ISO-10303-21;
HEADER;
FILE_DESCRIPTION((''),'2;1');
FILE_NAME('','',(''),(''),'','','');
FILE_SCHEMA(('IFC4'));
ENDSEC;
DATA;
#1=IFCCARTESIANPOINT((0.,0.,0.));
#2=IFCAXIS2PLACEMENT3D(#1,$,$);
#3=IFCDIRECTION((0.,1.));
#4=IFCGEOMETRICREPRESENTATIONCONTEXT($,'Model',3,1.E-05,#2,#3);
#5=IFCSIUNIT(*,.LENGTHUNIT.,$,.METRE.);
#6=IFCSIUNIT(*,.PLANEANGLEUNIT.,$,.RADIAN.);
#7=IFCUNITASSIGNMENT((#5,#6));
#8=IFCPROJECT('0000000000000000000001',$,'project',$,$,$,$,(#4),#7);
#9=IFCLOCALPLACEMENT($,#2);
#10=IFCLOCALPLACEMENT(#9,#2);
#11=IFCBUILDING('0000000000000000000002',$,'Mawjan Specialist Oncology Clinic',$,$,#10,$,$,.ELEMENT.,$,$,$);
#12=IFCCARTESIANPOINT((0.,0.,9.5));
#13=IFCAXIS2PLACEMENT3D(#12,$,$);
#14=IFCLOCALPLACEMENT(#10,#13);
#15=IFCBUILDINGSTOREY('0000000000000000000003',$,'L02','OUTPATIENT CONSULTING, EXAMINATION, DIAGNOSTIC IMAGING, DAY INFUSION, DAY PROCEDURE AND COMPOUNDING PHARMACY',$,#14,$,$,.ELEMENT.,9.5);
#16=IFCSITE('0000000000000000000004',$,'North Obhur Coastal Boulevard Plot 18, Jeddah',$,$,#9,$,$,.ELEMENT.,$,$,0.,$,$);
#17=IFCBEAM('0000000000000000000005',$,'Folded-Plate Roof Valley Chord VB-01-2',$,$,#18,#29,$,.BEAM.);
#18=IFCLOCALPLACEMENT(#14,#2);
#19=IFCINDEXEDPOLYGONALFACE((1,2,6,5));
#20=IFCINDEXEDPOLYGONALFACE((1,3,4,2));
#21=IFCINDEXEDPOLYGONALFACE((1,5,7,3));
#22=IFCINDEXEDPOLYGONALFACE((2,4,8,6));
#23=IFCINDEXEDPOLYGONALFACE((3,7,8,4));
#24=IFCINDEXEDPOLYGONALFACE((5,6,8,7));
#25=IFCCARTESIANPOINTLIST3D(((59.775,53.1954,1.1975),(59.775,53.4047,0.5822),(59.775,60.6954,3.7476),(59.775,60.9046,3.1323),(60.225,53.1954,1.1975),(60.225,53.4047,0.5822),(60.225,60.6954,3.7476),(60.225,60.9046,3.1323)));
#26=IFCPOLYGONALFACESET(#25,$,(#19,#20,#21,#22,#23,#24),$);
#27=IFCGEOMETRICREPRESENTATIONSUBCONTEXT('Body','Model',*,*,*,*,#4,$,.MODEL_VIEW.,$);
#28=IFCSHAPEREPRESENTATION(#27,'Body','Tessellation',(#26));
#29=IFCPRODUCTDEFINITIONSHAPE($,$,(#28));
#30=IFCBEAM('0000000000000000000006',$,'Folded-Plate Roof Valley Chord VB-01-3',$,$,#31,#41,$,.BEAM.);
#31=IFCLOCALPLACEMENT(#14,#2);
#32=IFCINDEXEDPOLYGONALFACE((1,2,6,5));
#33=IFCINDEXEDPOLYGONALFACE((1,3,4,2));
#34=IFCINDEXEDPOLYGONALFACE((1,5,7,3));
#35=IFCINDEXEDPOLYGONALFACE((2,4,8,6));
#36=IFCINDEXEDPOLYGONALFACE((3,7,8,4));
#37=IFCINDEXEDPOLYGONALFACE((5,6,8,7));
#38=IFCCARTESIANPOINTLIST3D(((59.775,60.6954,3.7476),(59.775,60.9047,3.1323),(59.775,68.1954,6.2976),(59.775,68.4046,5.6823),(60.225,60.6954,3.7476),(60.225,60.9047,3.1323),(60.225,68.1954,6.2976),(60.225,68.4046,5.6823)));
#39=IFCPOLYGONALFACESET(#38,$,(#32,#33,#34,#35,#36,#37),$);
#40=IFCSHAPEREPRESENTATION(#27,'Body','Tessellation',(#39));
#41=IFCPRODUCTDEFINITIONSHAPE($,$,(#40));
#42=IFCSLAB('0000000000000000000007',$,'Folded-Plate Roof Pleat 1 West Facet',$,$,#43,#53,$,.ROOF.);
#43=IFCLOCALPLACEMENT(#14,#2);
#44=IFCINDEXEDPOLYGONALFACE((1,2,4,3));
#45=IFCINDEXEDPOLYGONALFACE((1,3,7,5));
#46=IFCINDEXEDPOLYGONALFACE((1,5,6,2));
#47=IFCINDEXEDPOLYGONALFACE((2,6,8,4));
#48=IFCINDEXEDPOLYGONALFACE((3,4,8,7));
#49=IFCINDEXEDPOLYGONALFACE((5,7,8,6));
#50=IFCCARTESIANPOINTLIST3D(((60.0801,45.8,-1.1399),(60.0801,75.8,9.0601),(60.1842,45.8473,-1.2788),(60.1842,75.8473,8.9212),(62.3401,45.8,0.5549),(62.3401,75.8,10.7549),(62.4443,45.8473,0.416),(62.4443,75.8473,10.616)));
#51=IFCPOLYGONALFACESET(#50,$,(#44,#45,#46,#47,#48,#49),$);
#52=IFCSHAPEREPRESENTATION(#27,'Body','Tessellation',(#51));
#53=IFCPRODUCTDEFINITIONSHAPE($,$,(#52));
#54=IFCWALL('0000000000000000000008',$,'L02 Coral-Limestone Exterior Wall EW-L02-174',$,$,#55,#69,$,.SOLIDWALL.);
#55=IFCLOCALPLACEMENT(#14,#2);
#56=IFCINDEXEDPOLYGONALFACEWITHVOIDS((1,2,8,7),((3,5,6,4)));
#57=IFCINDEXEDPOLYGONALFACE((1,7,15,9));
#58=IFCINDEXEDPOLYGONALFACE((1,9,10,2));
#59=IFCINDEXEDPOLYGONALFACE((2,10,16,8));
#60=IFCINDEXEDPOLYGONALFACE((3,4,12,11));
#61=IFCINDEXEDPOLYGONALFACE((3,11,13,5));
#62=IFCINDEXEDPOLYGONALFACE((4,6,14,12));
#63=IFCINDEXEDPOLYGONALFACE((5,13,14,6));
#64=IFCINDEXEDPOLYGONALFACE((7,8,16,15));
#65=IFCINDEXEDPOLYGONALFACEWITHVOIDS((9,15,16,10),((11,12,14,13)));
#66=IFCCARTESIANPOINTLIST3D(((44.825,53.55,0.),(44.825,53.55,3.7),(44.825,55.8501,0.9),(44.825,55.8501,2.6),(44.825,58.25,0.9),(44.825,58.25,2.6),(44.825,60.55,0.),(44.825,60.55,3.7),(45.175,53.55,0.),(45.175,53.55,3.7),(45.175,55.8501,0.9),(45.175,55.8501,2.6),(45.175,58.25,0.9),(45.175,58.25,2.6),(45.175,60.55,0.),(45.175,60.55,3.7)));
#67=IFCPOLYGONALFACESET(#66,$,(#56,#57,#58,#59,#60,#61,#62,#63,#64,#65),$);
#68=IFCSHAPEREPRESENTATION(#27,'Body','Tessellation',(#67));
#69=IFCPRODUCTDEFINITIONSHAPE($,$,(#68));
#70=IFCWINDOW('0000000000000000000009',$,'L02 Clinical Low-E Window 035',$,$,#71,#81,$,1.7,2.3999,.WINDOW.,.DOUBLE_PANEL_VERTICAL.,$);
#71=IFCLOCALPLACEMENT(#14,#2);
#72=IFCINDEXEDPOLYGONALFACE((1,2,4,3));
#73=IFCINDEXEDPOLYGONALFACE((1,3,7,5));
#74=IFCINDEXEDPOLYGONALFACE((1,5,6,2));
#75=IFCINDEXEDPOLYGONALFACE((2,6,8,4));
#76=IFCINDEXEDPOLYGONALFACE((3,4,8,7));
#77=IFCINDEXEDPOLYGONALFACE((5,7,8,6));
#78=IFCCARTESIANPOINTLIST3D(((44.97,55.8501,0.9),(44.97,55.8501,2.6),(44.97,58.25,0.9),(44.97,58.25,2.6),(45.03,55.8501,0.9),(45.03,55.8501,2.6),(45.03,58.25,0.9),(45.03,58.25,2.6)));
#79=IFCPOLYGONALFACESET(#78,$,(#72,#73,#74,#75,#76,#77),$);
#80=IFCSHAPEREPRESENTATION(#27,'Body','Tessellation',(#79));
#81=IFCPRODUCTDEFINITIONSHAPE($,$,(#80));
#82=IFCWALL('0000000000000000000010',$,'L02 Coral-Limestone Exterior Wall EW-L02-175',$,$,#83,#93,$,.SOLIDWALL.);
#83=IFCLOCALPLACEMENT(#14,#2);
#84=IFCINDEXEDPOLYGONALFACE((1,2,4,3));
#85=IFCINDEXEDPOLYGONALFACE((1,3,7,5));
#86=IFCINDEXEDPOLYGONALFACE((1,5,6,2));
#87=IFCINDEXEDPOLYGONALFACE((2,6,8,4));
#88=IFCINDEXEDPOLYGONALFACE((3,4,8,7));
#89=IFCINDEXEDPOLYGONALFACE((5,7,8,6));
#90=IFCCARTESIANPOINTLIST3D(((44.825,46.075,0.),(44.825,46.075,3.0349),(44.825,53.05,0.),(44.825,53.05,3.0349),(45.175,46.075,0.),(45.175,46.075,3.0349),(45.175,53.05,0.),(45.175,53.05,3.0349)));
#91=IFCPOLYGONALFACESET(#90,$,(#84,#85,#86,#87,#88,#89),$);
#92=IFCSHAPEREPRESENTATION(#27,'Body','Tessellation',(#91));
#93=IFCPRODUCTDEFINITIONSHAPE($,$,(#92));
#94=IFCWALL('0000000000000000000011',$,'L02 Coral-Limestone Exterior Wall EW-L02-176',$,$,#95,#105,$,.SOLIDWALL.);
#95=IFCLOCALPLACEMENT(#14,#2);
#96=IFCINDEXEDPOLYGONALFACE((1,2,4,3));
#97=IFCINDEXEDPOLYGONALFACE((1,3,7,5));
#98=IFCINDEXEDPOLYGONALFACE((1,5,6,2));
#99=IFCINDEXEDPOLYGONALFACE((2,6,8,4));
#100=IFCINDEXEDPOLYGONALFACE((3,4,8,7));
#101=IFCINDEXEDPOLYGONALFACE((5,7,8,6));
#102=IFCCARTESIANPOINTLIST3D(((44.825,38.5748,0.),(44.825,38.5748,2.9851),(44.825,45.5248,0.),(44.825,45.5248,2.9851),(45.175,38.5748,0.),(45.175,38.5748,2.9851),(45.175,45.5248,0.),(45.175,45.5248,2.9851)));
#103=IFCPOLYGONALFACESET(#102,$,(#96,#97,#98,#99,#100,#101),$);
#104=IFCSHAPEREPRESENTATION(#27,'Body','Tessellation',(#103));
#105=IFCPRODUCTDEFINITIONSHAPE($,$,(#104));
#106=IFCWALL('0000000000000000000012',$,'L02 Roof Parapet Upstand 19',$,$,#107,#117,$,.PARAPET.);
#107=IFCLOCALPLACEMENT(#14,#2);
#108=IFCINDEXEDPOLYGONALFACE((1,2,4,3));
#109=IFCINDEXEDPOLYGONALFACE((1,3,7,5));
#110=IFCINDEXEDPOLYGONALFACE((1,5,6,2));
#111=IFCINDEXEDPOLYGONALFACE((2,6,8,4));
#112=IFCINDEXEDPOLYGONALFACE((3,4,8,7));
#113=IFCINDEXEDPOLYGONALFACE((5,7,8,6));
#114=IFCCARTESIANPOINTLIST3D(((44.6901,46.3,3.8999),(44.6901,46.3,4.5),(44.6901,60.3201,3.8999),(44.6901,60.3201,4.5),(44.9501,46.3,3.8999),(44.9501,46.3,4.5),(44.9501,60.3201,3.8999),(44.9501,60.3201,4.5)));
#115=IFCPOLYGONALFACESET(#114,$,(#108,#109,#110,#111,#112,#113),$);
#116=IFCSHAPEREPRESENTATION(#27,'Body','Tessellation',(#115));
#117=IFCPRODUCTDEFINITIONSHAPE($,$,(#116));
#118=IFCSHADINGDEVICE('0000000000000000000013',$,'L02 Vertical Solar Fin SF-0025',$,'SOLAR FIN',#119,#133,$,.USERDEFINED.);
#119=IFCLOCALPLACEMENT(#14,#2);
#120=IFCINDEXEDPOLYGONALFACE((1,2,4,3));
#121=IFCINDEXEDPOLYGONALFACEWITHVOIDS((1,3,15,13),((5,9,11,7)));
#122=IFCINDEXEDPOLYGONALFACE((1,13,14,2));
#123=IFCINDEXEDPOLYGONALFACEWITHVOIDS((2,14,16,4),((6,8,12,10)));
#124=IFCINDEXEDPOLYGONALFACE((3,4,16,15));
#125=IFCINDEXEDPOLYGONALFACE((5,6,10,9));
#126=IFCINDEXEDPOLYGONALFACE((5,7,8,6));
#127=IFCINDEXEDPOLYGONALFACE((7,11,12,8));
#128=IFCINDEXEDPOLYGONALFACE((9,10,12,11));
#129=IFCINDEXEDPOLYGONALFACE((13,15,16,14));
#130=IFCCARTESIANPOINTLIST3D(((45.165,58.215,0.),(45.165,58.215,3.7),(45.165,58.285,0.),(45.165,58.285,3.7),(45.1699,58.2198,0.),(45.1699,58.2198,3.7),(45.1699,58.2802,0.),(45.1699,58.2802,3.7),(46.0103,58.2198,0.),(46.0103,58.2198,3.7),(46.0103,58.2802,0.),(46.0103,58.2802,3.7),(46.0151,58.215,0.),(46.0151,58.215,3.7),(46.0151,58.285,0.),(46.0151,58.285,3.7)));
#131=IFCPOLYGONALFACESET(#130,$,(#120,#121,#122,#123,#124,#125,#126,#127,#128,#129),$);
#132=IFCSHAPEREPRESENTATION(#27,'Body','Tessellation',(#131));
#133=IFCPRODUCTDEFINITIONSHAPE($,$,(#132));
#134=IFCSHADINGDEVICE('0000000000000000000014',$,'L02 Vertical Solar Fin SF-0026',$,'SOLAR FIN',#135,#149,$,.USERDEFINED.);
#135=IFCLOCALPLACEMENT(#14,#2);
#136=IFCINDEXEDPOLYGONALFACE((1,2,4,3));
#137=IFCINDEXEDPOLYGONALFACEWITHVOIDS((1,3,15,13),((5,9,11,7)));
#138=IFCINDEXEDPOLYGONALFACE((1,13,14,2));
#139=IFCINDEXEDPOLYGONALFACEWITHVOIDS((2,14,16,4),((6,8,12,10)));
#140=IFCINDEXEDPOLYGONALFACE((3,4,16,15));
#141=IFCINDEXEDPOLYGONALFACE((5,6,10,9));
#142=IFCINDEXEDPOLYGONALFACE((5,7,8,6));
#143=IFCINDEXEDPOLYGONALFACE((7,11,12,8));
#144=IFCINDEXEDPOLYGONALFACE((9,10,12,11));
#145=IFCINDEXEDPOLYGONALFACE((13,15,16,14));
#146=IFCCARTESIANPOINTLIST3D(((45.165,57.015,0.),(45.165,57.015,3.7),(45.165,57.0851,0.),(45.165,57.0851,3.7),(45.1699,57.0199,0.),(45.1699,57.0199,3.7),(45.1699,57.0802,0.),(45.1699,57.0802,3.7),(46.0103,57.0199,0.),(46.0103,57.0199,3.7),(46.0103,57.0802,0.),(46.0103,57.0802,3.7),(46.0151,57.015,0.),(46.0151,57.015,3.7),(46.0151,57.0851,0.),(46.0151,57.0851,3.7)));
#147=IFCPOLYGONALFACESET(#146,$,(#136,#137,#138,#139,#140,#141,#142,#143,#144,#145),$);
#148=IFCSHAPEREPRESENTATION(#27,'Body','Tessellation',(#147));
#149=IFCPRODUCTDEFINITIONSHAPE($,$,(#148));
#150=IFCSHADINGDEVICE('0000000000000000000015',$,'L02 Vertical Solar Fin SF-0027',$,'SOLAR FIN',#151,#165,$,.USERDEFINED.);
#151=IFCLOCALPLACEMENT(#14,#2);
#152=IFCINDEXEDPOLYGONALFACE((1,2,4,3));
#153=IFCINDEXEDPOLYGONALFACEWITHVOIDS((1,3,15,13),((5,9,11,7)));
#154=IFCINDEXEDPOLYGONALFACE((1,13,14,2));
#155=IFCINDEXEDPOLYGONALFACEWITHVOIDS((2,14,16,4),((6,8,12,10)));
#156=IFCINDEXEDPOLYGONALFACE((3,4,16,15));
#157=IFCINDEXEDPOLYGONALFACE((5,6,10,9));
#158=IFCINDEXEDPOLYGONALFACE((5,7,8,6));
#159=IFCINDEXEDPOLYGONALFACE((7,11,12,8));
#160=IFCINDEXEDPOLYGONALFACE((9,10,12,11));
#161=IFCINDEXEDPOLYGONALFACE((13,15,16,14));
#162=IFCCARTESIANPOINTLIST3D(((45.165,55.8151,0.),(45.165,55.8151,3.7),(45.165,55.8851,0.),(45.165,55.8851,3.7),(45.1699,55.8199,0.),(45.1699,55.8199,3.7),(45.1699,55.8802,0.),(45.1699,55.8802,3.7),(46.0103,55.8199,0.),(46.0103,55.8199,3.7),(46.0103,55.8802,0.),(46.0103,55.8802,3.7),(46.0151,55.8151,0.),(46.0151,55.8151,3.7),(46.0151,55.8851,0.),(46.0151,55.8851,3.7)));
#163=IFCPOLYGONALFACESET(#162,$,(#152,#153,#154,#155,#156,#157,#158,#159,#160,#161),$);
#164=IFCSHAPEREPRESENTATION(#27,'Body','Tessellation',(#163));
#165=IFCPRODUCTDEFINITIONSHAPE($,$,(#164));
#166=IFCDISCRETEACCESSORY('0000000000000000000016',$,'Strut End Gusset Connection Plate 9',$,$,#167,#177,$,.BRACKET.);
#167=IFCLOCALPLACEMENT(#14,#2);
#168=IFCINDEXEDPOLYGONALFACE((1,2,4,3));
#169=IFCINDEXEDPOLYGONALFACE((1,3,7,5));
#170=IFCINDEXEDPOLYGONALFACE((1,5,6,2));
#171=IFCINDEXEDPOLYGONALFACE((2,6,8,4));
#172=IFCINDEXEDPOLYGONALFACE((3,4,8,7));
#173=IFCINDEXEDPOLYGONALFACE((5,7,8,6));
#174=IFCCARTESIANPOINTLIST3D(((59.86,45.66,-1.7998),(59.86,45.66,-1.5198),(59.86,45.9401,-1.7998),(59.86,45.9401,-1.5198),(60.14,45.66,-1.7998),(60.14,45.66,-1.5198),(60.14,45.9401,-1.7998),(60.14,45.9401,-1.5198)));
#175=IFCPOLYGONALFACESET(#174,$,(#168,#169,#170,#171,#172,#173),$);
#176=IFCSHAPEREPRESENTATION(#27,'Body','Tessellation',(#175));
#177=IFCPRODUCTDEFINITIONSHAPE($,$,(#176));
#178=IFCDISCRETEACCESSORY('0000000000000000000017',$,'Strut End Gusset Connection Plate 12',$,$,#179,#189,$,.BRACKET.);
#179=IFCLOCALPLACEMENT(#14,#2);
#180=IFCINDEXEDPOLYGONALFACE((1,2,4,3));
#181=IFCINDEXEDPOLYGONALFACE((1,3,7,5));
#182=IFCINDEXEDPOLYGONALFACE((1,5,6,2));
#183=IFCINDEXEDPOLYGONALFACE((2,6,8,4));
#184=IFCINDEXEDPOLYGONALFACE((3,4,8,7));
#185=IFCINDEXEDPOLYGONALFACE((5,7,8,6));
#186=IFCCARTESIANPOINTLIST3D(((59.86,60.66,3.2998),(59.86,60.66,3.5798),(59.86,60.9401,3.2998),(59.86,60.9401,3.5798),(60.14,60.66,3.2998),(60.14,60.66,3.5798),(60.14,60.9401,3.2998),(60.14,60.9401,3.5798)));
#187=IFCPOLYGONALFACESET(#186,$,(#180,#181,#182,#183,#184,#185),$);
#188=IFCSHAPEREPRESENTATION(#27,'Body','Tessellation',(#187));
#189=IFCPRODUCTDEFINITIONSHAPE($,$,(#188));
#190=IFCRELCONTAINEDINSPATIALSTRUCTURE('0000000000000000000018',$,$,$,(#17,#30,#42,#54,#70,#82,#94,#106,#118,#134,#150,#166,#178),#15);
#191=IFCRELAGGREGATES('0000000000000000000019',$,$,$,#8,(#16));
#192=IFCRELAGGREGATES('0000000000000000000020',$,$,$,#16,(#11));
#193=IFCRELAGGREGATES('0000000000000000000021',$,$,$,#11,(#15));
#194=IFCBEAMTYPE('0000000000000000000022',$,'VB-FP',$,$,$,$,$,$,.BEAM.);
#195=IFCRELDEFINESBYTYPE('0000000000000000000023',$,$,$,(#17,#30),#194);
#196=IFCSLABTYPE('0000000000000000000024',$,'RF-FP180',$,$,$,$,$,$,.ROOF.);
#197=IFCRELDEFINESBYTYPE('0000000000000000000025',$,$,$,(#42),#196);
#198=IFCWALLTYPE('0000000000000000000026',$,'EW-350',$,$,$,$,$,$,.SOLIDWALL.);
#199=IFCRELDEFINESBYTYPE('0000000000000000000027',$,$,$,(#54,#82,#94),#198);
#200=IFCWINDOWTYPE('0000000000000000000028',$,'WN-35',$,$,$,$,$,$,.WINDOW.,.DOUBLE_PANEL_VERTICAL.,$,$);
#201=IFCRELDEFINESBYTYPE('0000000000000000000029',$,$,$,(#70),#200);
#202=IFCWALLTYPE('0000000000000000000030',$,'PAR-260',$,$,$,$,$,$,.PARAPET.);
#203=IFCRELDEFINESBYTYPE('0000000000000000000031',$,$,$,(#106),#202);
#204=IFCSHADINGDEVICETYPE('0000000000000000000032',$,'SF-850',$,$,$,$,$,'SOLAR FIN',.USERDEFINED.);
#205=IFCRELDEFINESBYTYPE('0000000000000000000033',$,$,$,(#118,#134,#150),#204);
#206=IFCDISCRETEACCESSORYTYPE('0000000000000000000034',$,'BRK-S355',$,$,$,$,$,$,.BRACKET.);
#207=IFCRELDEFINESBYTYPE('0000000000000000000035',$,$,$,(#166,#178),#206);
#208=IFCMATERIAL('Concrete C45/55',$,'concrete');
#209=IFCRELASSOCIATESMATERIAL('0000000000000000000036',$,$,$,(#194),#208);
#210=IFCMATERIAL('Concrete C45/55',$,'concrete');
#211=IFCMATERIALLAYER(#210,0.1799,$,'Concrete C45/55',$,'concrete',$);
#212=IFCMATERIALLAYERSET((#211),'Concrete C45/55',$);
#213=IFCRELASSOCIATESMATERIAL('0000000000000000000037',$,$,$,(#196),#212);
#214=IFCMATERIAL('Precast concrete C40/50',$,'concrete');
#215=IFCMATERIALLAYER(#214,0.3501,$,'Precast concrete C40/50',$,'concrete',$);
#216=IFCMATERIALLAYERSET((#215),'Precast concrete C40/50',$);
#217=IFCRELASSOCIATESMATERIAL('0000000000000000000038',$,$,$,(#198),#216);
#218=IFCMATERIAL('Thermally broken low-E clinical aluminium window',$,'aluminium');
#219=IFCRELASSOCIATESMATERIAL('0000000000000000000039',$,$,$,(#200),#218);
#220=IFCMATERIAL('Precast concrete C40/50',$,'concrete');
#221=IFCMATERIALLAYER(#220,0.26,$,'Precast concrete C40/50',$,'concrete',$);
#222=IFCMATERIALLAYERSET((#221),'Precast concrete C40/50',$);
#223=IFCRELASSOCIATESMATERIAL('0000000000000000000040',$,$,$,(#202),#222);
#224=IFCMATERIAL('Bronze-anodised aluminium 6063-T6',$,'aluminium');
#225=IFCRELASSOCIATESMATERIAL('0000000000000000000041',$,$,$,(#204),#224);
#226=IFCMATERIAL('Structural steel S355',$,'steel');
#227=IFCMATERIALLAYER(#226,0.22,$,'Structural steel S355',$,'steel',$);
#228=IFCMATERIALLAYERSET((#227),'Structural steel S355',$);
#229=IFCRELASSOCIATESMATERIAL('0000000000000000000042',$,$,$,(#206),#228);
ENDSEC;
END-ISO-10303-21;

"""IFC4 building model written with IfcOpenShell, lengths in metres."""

from ifc_helpers import new_model, si_unit, direction, frame, frame_2d, origin, origin_2d, place, context, subcontext, project, spatial, polyline, rectangle, hollow_rectangle, outline, extrude, material, layer, layer_set, material_profile, profile_set, type_object, element, fill, save


model = new_model("IFC4")

# Units and contexts
model_context = context("Model", 3, precision=1e-05, world=origin(), true_north=direction((0.0, 1.0)))
body_context = subcontext(model_context, "Body", "Model", "MODEL_VIEW")
ifc_project = project(units=[si_unit("LENGTHUNIT", "METRE"), si_unit("PLANEANGLEUNIT", "RADIAN")], contexts=[model_context])

# Site, building, storey
site_placement = place(None, origin())
site = spatial("IfcSite", under=ifc_project, at=site_placement, Name="North Obhur Coastal Boulevard Plot 18, Jeddah", CompositionType="ELEMENT", RefElevation=0.0)
building_placement = place(site_placement, origin())
building = spatial("IfcBuilding", under=site, at=building_placement, Name="Mawjan Specialist Oncology Clinic", CompositionType="ELEMENT")
storey_placement = place(building_placement, frame((0.0, 0.0, 9.5)))
storey = spatial("IfcBuildingStorey", under=building, at=storey_placement, Name="L02", Description="OUTPATIENT CONSULTING, EXAMINATION, DIAGNOSTIC IMAGING, DAY INFUSION, DAY PROCEDURE AND COMPOUNDING PHARMACY", CompositionType="ELEMENT", Elevation=9.5)

# Beams
ifc_material_1 = material(Name="Concrete C45/55", Category="concrete")
ifc_material_profile_1 = material_profile(ifc_material_1, rectangle(XDim=0.45, YDim=0.6499, at=origin_2d()), Name="RC VALLEY 450x650", Category="concrete")
ifc_profile_set_1 = profile_set([ifc_material_profile_1], Name="Concrete C45/55")
beam_type_1 = type_object("IfcBeamType", Name="VB-FP", PredefinedType="BEAM", material=ifc_profile_set_1)
for number, where, z_axis, x_axis, name in (
    (1, (60.0, 53.3, 0.8899), (0.0, 0.946771, 0.321908), (-1.0, 0.0, 0.0), "Folded-Plate Roof Valley Chord VB-01-2"),
    (2, (60.0, 60.8, 3.4399), (0.0, 0.946771, 0.321908), (-1.0, 0.0, 0.0), "Folded-Plate Roof Valley Chord VB-01-3"),
):
    element("IfcBeam", number, at=place(storey_placement, frame(where, z_axis=z_axis, x_axis=x_axis)), inside=storey, type_object=beam_type_1, Name=name, PredefinedType="BEAM", context=body_context, shape_type="SweptSolid", body=[
        extrude(rectangle(XDim=0.45, YDim=0.6499, at=origin_2d()), origin(), (0.0, 0.0, 1.0), 7.9216),
    ])

# Slab
ifc_material_2 = material(Name="Concrete C45/55", Category="concrete")
ifc_layer_1 = layer(ifc_material_2, 0.1799, Name="Concrete C45/55", Category="concrete")
ifc_layer_set_1 = layer_set([ifc_layer_1], Name="Concrete C45/55")
slab_type = type_object("IfcSlabType", Name="RF-FP180", PredefinedType="ROOF", material=ifc_layer_set_1)
slab_placement = place(storey_placement, frame((60.0801, 45.8, -1.1399), z_axis=(-0.578924, -0.262472, 0.771982), x_axis=(0.800031, 0.0, 0.599959)))
element("IfcSlab", 3, at=slab_placement, inside=storey, type_object=slab_type, Name="Folded-Plate Roof Pleat 1 West Facet", PredefinedType="ROOF", context=body_context, shape_type="SweptSolid", body=[
    extrude(outline(polyline([(0.0, 0.0), (2.8249, 0.0), (8.9444, 31.09), (6.1195, 31.09), (0.0, 0.0)])), origin(), (0.0, 0.0, -1.0), 0.1799),
])

# Wall, opening, window
ifc_material_3 = material(Name="Precast concrete C40/50", Category="concrete")
ifc_layer_2 = layer(ifc_material_3, 0.3501, Name="Precast concrete C40/50", Category="concrete")
ifc_layer_set_2 = layer_set([ifc_layer_2], Name="Precast concrete C40/50")
wall_type_1 = type_object("IfcWallType", Name="EW-350", PredefinedType="SOLIDWALL", material=ifc_layer_set_2)
wall_1_placement = place(storey_placement, frame((45.0, 60.55, 0.0), z_axis=(0.0, 0.0, 1.0), x_axis=(0.0, -1.0, 0.0)))
wall_1 = element("IfcWall", 4, at=wall_1_placement, inside=storey, type_object=wall_type_1, Name="L02 Coral-Limestone Exterior Wall EW-L02-174", PredefinedType="SOLIDWALL", context=body_context, shape_type="SweptSolid", body=[
    extrude(rectangle(XDim=7.0, YDim=0.3501, at=frame_2d((3.5, 0.0))), origin(), (0.0, 0.0, 1.0), 3.7),
])
opening_placement = place(wall_1_placement, frame((2.3, 0.0, 0.8999)))
opening = element("IfcOpeningElement", 5, at=opening_placement, cuts=wall_1, PredefinedType="OPENING", context=body_context, shape_type="SweptSolid", body=[
    extrude(rectangle(XDim=2.3999, YDim=1.7, at=frame_2d((1.2, 0.8501))), frame((0.0, 0.187, 0.0), z_axis=(0.0, -1.0, 0.0), x_axis=(1.0, 0.0, 0.0)), (0.0, 0.0, 1.0), 0.374),
])
ifc_material_4 = material(Name="Thermally broken low-E clinical aluminium window", Category="aluminium")
window_type = type_object("IfcWindowType", Name="WN-35", PartitioningType="DOUBLE_PANEL_VERTICAL", PredefinedType="WINDOW", material=ifc_material_4)
window_placement = place(opening_placement, origin())
window = element("IfcWindow", 6, at=window_placement, inside=storey, type_object=window_type, Name="L02 Clinical Low-E Window 035", OverallHeight=1.7, OverallWidth=2.3999, PartitioningType="DOUBLE_PANEL_VERTICAL", PredefinedType="WINDOW", context=body_context, shape_type="SweptSolid", body=[
    extrude(rectangle(XDim=2.3999, YDim=1.7, at=frame_2d((1.2, 0.8501))), frame((0.0, 0.03, 0.0), z_axis=(0.0, -1.0, 0.0), x_axis=(1.0, 0.0, 0.0)), (0.0, 0.0, 1.0), 0.0601),
])
fill(opening, window)

# Walls
wall_2_placement = place(storey_placement, frame((45.0, 53.05, 0.0), z_axis=(0.0, 0.0, 1.0), x_axis=(0.0, -1.0, 0.0)))
element("IfcWall", 7, at=wall_2_placement, inside=storey, type_object=wall_type_1, Name="L02 Coral-Limestone Exterior Wall EW-L02-175", PredefinedType="SOLIDWALL", context=body_context, shape_type="SweptSolid", body=[
    extrude(rectangle(XDim=6.9751, YDim=0.3501, at=frame_2d((3.4875, 0.0))), origin(), (0.0, 0.0, 1.0), 3.0349),
])
wall_3_placement = place(storey_placement, frame((45.0, 45.5249, 0.0), z_axis=(0.0, 0.0, 1.0), x_axis=(0.0, -1.0, 0.0)))
element("IfcWall", 8, at=wall_3_placement, inside=storey, type_object=wall_type_1, Name="L02 Coral-Limestone Exterior Wall EW-L02-176", PredefinedType="SOLIDWALL", context=body_context, shape_type="SweptSolid", body=[
    extrude(rectangle(XDim=6.95, YDim=0.3501, at=frame_2d((3.4751, 0.0))), origin(), (0.0, 0.0, 1.0), 2.9851),
])
ifc_material_5 = material(Name="Precast concrete C40/50", Category="concrete")
ifc_layer_3 = layer(ifc_material_5, 0.26, Name="Precast concrete C40/50", Category="concrete")
ifc_layer_set_3 = layer_set([ifc_layer_3], Name="Precast concrete C40/50")
wall_type_2 = type_object("IfcWallType", Name="PAR-260", PredefinedType="PARAPET", material=ifc_layer_set_3)
wall_4_placement = place(storey_placement, frame((44.8201, 60.3201, 3.8999), z_axis=(0.0, 0.0, 1.0), x_axis=(0.0, -1.0, 0.0)))
element("IfcWall", 9, at=wall_4_placement, inside=storey, type_object=wall_type_2, Name="L02 Roof Parapet Upstand 19", PredefinedType="PARAPET", context=body_context, shape_type="SweptSolid", body=[
    extrude(rectangle(XDim=14.02, YDim=0.26, at=frame_2d((7.01, 0.0))), origin(), (0.0, 0.0, 1.0), 0.6001),
])

# Shading devices
ifc_material_6 = material(Name="Bronze-anodised aluminium 6063-T6", Category="aluminium")
ifc_material_profile_2 = material_profile(ifc_material_6, hollow_rectangle(XDim=0.0701, YDim=0.8501, WallThickness=0.0049, at=origin_2d()), Name="FIN 850x70x5", Category="aluminium")
ifc_profile_set_2 = profile_set([ifc_material_profile_2], Name="Bronze-anodised aluminium 6063-T6")
shading_device_type = type_object("IfcShadingDeviceType", Name="SF-850", ElementType="SOLAR FIN", PredefinedType="USERDEFINED", material=ifc_profile_set_2)
for number, where, z_axis, x_axis, name in (
    (10, (45.5901, 58.25, 0.0), (0.0, 0.0, 1.0), (0.0, -1.0, 0.0), "L02 Vertical Solar Fin SF-0025"),
    (11, (45.5901, 57.05, 0.0), (0.0, 0.0, 1.0), (0.0, -1.0, 0.0), "L02 Vertical Solar Fin SF-0026"),
    (12, (45.5901, 55.8501, 0.0), (0.0, 0.0, 1.0), (0.0, -1.0, 0.0), "L02 Vertical Solar Fin SF-0027"),
):
    element("IfcShadingDevice", number, at=place(storey_placement, frame(where, z_axis=z_axis, x_axis=x_axis)), inside=storey, type_object=shading_device_type, Name=name, ObjectType="SOLAR FIN", PredefinedType="USERDEFINED", context=body_context, shape_type="SweptSolid", body=[
        extrude(hollow_rectangle(XDim=0.0701, YDim=0.8501, WallThickness=0.0049, at=origin_2d()), origin(), (0.0, 0.0, 1.0), 3.7),
    ])

# Discrete accessories
ifc_material_7 = material(Name="Structural steel S355", Category="steel")
ifc_layer_4 = layer(ifc_material_7, 0.22, Name="Structural steel S355", Category="steel")
ifc_layer_set_4 = layer_set([ifc_layer_4], Name="Structural steel S355")
discrete_accessory_type = type_object("IfcDiscreteAccessoryType", Name="BRK-S355", PredefinedType="BRACKET", material=ifc_layer_set_4)
for number, where, z_axis, x_axis, name in (
    (13, (60.0, 45.8, -1.7998), (0.0, 0.0, 1.0), (1.0, 0.0, 0.0), "Strut End Gusset Connection Plate 9"),
    (14, (60.0, 60.8, 3.2998), (0.0, 0.0, 1.0), (1.0, 0.0, 0.0), "Strut End Gusset Connection Plate 12"),
):
    element("IfcDiscreteAccessory", number, at=place(storey_placement, frame(where, z_axis=z_axis, x_axis=x_axis)), inside=storey, type_object=discrete_accessory_type, Name=name, PredefinedType="BRACKET", context=body_context, shape_type="SweptSolid", body=[
        extrude(rectangle(XDim=0.28, YDim=0.28, at=origin_2d()), origin(), (0.0, 0.0, 1.0), 0.28),
    ])

save(model, "model.ifc")
